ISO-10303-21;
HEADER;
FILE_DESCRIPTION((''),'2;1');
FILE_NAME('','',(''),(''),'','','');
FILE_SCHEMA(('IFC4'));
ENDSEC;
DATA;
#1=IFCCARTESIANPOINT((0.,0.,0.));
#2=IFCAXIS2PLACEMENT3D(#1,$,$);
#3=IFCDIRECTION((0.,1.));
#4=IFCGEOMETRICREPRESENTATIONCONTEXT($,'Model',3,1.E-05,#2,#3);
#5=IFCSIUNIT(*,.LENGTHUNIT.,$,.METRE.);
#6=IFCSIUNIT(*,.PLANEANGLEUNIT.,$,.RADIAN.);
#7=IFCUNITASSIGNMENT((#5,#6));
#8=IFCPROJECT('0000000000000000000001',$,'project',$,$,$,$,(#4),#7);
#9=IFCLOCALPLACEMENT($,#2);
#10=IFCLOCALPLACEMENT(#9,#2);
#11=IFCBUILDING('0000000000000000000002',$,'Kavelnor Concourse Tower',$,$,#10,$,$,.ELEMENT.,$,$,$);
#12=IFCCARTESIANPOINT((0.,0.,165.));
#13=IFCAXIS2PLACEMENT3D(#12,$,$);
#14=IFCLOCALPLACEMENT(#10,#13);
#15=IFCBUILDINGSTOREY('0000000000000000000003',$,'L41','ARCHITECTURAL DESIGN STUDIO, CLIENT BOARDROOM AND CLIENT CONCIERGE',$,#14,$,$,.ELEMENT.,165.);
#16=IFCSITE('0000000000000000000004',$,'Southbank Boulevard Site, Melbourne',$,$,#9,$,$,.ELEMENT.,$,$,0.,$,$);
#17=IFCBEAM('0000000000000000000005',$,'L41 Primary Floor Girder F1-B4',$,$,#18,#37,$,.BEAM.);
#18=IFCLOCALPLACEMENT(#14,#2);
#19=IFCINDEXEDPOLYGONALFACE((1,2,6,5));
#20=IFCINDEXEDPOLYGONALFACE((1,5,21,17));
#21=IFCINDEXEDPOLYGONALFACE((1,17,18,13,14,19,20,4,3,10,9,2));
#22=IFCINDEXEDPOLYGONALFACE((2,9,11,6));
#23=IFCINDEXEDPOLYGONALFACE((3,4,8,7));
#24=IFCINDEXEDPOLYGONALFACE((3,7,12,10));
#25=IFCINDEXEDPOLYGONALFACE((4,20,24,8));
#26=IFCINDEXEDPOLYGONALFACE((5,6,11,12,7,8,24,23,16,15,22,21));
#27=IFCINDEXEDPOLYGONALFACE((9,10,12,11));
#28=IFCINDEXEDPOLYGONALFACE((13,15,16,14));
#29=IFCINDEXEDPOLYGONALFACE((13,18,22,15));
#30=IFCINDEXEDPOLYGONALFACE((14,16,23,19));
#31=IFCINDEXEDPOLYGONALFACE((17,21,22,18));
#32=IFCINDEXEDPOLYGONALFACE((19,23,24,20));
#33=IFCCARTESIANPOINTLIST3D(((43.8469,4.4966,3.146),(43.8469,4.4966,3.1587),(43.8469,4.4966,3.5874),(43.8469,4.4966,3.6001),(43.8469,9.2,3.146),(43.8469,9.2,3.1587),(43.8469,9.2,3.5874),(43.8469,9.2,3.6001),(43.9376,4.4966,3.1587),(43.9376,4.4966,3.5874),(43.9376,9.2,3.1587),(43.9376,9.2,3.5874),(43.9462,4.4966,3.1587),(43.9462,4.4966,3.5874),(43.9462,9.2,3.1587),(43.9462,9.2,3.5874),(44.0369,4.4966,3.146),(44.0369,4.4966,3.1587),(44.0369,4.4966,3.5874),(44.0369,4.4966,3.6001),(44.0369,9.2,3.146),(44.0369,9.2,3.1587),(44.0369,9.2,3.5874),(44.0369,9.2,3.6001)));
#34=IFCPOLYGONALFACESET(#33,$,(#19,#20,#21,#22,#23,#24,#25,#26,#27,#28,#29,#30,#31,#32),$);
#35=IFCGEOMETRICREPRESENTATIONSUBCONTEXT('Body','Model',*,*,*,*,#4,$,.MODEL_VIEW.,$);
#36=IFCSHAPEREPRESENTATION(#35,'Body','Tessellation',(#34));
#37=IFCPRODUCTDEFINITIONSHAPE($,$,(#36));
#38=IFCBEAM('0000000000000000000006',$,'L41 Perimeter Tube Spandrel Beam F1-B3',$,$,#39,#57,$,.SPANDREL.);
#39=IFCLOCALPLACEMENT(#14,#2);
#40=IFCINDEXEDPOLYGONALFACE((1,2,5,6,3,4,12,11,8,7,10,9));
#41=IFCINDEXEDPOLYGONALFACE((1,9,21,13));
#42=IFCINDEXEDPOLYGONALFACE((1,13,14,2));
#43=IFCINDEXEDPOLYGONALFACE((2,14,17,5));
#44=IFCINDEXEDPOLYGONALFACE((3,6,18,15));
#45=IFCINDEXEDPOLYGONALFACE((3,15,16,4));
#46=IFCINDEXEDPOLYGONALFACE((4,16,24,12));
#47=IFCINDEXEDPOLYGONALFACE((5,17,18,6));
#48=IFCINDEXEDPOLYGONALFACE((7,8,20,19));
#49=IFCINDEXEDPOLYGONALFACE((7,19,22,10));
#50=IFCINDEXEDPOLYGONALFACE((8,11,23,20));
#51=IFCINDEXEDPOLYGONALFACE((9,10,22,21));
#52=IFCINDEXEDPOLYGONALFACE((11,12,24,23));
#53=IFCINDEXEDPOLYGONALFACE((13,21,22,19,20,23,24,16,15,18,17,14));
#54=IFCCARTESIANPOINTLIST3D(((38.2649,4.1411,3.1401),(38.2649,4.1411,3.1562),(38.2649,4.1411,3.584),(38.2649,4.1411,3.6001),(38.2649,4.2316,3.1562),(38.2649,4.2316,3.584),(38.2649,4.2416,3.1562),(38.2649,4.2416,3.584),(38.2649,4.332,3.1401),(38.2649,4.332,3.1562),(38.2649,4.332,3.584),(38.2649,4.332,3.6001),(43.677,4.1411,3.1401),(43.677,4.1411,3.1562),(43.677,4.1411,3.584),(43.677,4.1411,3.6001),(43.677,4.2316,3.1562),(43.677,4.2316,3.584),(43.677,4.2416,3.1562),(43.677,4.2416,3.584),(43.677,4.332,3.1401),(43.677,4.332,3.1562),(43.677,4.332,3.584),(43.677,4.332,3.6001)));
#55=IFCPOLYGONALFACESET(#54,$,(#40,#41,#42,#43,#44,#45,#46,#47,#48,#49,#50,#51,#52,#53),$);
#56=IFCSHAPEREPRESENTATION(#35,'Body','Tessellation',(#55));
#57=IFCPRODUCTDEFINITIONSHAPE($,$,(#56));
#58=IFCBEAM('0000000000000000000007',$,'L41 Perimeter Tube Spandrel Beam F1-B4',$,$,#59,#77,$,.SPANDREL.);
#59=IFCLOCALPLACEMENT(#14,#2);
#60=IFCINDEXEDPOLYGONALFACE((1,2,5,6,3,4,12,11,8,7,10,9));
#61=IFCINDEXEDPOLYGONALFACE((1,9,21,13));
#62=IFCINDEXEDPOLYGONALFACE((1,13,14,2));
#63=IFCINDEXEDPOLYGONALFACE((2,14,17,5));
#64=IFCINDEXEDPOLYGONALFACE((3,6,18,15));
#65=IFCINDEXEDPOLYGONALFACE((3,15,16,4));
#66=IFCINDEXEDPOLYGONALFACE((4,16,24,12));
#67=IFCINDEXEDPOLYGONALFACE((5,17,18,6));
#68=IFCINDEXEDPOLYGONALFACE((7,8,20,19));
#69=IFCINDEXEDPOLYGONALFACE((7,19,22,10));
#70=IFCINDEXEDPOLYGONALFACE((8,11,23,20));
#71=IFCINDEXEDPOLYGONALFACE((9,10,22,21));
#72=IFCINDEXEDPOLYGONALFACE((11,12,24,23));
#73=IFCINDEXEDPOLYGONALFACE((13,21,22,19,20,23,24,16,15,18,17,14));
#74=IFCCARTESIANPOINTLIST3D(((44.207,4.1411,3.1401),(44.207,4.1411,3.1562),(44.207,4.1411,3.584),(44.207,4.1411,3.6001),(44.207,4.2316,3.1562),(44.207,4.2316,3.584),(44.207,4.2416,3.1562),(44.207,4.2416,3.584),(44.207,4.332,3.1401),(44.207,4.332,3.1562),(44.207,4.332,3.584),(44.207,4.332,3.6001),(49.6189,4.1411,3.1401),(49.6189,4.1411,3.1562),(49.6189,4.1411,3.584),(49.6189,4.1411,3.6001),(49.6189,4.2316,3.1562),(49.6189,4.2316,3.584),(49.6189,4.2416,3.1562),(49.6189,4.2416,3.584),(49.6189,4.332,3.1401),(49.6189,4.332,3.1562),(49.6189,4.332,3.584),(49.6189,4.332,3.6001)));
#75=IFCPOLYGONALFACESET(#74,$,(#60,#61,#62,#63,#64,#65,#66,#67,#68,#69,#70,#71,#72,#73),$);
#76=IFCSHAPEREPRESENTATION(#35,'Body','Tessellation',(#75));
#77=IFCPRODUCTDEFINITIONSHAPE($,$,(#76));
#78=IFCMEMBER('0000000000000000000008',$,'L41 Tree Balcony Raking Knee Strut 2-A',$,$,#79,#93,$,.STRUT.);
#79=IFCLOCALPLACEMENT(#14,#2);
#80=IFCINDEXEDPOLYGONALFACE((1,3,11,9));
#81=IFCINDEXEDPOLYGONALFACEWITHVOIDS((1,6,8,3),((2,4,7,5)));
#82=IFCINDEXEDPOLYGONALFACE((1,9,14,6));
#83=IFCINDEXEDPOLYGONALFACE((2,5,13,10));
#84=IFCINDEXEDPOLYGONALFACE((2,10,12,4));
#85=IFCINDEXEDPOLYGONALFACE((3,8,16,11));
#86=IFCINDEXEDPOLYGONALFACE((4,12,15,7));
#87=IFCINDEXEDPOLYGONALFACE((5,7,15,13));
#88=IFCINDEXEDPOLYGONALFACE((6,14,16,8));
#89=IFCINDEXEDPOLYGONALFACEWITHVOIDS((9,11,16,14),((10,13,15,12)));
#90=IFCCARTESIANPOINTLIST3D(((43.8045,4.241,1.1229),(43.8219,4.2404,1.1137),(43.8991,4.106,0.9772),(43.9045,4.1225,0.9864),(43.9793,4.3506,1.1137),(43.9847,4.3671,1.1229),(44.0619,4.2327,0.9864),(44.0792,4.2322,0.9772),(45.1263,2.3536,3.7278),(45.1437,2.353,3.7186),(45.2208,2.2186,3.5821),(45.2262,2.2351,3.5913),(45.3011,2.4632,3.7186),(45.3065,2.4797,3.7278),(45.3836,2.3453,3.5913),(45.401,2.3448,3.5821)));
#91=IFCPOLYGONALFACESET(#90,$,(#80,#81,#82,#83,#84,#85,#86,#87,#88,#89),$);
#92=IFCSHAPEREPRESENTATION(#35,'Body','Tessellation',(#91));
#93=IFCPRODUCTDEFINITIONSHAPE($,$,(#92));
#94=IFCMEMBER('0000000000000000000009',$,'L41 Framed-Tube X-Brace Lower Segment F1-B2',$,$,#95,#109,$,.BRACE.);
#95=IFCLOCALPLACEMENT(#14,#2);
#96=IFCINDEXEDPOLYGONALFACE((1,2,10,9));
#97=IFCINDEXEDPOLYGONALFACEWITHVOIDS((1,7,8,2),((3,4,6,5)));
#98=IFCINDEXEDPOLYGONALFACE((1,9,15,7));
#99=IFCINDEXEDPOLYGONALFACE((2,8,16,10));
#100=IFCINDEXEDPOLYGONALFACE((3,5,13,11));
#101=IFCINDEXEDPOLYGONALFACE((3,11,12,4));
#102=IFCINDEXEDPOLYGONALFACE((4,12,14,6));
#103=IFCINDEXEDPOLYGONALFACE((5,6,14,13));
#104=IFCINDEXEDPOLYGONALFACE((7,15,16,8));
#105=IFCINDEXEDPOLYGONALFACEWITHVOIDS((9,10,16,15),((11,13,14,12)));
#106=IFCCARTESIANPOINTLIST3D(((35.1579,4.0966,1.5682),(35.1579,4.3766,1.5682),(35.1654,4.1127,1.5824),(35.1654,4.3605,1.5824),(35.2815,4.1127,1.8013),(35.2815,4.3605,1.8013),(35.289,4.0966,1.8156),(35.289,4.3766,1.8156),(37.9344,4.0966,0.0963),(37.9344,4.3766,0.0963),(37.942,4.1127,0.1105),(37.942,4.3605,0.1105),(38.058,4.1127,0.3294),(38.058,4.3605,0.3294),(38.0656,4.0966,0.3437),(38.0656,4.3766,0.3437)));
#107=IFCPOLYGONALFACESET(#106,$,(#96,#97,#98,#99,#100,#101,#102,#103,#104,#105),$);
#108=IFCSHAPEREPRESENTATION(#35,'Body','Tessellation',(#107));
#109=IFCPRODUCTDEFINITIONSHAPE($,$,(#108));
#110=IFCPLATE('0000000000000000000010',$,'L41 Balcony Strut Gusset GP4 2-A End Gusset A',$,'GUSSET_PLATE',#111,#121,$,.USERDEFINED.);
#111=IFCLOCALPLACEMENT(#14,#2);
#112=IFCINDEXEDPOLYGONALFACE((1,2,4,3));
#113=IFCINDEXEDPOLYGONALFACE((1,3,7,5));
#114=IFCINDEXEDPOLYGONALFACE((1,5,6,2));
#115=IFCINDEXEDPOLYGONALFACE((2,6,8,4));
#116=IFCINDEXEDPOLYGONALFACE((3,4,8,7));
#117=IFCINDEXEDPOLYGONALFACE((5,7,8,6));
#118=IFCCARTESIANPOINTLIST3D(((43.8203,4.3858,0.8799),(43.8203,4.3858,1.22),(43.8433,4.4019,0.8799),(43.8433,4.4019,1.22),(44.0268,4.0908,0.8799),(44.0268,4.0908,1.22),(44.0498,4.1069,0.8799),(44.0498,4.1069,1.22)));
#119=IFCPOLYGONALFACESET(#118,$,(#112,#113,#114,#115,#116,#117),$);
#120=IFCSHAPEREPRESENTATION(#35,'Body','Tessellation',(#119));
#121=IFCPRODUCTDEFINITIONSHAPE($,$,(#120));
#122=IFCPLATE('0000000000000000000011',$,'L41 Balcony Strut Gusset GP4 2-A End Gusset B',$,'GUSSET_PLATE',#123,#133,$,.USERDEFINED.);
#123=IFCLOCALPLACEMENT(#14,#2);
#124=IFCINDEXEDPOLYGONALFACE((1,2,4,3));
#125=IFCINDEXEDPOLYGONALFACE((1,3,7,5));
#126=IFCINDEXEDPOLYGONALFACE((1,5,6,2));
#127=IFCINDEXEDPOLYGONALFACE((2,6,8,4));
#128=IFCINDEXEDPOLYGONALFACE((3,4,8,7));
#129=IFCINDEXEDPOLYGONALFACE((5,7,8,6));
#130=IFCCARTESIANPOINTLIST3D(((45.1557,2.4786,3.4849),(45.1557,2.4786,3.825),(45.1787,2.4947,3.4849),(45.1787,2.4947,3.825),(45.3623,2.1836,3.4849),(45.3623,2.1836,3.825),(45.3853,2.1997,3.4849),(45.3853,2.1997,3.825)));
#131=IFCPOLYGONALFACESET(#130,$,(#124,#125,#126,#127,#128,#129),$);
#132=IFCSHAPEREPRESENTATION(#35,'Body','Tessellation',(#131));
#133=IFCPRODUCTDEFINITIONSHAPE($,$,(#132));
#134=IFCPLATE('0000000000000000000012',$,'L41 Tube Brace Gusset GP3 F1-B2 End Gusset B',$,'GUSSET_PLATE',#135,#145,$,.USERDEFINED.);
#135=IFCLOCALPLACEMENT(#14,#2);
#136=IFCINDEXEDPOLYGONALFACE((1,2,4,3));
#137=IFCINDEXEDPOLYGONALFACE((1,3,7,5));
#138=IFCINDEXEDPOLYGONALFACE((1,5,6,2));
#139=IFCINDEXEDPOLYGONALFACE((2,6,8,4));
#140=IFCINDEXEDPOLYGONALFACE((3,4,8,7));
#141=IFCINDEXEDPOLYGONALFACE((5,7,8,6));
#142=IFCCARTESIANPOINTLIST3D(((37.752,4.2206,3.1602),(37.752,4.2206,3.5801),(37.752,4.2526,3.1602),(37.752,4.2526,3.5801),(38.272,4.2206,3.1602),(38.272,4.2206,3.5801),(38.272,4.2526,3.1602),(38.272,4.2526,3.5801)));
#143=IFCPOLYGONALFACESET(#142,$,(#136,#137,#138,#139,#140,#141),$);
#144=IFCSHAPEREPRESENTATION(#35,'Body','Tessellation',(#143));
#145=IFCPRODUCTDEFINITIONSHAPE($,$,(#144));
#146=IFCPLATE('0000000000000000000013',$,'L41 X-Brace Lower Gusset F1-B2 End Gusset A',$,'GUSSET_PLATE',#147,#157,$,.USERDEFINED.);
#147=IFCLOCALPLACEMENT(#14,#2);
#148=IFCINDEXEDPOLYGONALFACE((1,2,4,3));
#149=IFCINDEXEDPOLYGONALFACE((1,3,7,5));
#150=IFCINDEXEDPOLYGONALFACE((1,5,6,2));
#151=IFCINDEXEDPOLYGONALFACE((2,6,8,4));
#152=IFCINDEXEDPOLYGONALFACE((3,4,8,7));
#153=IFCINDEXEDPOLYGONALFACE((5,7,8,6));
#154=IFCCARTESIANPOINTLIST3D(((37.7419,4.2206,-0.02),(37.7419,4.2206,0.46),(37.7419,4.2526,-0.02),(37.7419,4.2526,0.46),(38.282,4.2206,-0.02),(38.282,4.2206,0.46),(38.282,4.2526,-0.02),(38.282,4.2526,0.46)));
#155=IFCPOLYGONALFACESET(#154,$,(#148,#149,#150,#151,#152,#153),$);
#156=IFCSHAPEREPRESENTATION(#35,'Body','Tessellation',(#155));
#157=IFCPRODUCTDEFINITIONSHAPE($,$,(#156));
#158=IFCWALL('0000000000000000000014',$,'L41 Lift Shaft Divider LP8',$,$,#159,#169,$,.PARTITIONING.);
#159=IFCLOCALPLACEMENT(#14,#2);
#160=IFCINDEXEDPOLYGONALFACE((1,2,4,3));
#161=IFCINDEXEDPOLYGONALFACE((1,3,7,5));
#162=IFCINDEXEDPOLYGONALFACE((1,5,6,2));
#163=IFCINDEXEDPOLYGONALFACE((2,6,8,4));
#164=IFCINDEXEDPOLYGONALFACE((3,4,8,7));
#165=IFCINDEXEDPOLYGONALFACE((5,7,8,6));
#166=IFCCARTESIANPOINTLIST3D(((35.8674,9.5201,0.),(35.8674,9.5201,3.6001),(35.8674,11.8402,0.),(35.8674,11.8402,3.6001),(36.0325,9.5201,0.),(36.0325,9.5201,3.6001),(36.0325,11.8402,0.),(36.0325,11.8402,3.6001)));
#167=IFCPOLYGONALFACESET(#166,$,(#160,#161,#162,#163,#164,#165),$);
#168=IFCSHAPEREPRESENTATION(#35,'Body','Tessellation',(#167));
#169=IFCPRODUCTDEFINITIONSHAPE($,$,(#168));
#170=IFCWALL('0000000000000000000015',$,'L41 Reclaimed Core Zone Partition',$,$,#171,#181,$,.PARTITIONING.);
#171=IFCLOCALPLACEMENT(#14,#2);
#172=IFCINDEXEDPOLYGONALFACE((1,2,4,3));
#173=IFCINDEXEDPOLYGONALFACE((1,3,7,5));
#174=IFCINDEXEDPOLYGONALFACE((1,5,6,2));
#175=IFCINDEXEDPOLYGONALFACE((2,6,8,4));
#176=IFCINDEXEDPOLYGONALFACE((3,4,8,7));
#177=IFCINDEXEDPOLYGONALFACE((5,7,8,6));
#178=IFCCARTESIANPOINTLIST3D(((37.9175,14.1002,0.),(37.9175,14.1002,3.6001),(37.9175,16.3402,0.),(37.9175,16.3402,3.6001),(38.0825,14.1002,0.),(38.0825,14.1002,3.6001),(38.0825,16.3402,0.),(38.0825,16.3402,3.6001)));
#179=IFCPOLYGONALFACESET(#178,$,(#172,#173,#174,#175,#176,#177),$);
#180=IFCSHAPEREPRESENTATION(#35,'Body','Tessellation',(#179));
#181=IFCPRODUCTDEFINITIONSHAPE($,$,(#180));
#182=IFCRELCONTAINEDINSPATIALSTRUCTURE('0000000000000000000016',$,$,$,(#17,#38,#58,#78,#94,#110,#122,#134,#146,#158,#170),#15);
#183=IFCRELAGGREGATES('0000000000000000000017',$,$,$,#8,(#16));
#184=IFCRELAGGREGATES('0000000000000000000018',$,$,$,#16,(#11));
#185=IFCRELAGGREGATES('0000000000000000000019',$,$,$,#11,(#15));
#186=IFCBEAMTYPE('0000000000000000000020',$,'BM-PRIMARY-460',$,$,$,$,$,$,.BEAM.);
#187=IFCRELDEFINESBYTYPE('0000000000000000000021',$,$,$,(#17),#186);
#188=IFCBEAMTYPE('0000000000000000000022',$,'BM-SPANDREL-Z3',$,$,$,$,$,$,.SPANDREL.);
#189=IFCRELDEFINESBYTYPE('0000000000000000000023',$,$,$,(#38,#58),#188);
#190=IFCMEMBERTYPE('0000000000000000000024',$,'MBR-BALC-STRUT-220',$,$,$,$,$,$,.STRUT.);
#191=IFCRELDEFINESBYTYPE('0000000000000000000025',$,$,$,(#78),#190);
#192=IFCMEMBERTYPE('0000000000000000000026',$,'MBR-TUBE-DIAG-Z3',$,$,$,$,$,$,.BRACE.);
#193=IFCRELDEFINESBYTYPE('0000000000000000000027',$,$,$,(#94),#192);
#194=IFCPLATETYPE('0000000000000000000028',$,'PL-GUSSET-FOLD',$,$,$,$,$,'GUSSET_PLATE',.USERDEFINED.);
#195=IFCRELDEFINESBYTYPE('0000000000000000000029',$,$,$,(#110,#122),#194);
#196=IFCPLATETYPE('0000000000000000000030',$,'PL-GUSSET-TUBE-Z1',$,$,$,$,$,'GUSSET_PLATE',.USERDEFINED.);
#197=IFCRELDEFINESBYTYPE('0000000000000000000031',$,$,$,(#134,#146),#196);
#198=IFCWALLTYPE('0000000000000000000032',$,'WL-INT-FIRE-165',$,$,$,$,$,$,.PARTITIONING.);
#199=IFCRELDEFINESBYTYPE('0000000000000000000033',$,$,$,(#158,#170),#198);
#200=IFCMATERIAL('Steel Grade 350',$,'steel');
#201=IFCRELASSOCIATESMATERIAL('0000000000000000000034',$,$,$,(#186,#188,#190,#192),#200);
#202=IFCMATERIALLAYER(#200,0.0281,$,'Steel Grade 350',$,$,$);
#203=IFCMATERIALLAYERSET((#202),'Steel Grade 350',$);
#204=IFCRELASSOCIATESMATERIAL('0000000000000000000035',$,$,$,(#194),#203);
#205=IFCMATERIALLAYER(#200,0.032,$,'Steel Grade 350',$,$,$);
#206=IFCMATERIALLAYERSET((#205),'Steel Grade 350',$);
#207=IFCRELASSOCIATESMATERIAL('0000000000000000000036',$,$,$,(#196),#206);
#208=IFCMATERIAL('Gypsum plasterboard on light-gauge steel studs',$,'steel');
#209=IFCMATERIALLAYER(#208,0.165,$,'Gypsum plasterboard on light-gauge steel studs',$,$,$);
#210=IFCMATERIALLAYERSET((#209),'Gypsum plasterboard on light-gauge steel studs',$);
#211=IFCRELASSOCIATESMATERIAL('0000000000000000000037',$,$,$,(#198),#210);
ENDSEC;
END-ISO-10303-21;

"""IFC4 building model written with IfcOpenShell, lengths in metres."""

from ifc_helpers import new_model, si_unit, direction, frame, frame_2d, origin, origin_2d, place, context, subcontext, project, spatial, rectangle, hollow_rectangle, i_section, extrude, material, layer, layer_set, material_profile, profile_set, type_object, element, save


model = new_model("IFC4")

# Units and contexts
model_context = context("Model", 3, precision=1e-05, world=origin(), true_north=direction((0.0, 1.0)))
body_context = subcontext(model_context, "Body", "Model", "MODEL_VIEW")
ifc_project = project(units=[si_unit("LENGTHUNIT", "METRE"), si_unit("PLANEANGLEUNIT", "RADIAN")], contexts=[model_context])

# Site, building, storey
site_placement = place(None, origin())
site = spatial("IfcSite", under=ifc_project, at=site_placement, Name="Southbank Boulevard Site, Melbourne", CompositionType="ELEMENT", RefElevation=0.0)
building_placement = place(site_placement, origin())
building = spatial("IfcBuilding", under=site, at=building_placement, Name="Kavelnor Concourse Tower", CompositionType="ELEMENT")
storey_placement = place(building_placement, frame((0.0, 0.0, 165.0)))
storey = spatial("IfcBuildingStorey", under=building, at=storey_placement, Name="L41", Description="ARCHITECTURAL DESIGN STUDIO, CLIENT BOARDROOM AND CLIENT CONCIERGE", CompositionType="ELEMENT", Elevation=165.0)

# Shared definitions
ifc_material_1 = material(Name="Steel Grade 350", Category="steel")

# Beams
ifc_material_profile_1 = material_profile(ifc_material_1, i_section(OverallWidth=0.1899, OverallDepth=0.4541, WebThickness=0.0085, FlangeThickness=0.0127, at=origin_2d()), Name="460UB67")
ifc_profile_set_1 = profile_set([ifc_material_profile_1], Name="Steel Grade 350")
beam_type_1 = type_object("IfcBeamType", Name="BM-PRIMARY-460", PredefinedType="BEAM", material=ifc_profile_set_1)
for number, where, z_axis, x_axis, name in (
    (1, (43.9419, 9.2, 3.373), (0.0, -1.0, 0.0), (1.0, 0.0, 0.0), "L41 Primary Floor Girder F1-B4"),
):
    element("IfcBeam", number, at=place(storey_placement, frame(where, z_axis=z_axis, x_axis=x_axis)), inside=storey, type_object=beam_type_1, Name=name, PredefinedType="BEAM", context=body_context, shape_type="SweptSolid", body=[
        extrude(i_section(OverallWidth=0.1899, OverallDepth=0.4541, WebThickness=0.0085, FlangeThickness=0.0127, at=origin_2d()), origin(), (0.0, 0.0, 1.0), 4.7034),
    ])
ifc_material_profile_2 = material_profile(ifc_material_1, i_section(OverallWidth=0.1909, OverallDepth=0.46, WebThickness=0.01, FlangeThickness=0.0161, at=origin_2d()), Name="460UB82")
ifc_profile_set_2 = profile_set([ifc_material_profile_2], Name="Steel Grade 350")
beam_type_2 = type_object("IfcBeamType", Name="BM-SPANDREL-Z3", PredefinedType="SPANDREL", material=ifc_profile_set_2)
beam_1_placement = place(storey_placement, frame((38.2649, 4.2366, 3.3701), z_axis=(1.0, 0.0, 0.0), x_axis=(0.0, 1.0, 0.0)))
element("IfcBeam", 2, at=beam_1_placement, inside=storey, type_object=beam_type_2, Name="L41 Perimeter Tube Spandrel Beam F1-B3", PredefinedType="SPANDREL", context=body_context, shape_type="SweptSolid", body=[
    extrude(i_section(OverallWidth=0.1909, OverallDepth=0.46, WebThickness=0.01, FlangeThickness=0.0161, at=origin_2d()), origin(), (0.0, 0.0, 1.0), 5.4121),
])
beam_2_placement = place(storey_placement, frame((44.207, 4.2366, 3.3701), z_axis=(1.0, 0.0, 0.0), x_axis=(0.0, 1.0, 0.0)))
element("IfcBeam", 3, at=beam_2_placement, inside=storey, type_object=beam_type_2, Name="L41 Perimeter Tube Spandrel Beam F1-B4", PredefinedType="SPANDREL", context=body_context, shape_type="SweptSolid", body=[
    extrude(i_section(OverallWidth=0.1909, OverallDepth=0.46, WebThickness=0.01, FlangeThickness=0.0161, at=origin_2d()), origin(), (0.0, 0.0, 1.0), 5.4119),
])

# Members
ifc_material_profile_3 = material_profile(ifc_material_1, hollow_rectangle(XDim=0.22, YDim=0.22, WallThickness=0.0139, at=origin_2d()), Name="SHS 220x220x14")
ifc_profile_set_3 = profile_set([ifc_material_profile_3], Name="Steel Grade 350")
member_type_1 = type_object("IfcMemberType", Name="MBR-BALC-STRUT-220", PredefinedType="STRUT", material=ifc_profile_set_3)
member_1_placement = place(storey_placement, frame((43.9419, 4.2366, 1.05), z_axis=(0.380055, -0.542705, 0.749019), x_axis=(0.819117, 0.573626, 0.0)))
element("IfcMember", 4, at=member_1_placement, inside=storey, type_object=member_type_1, Name="L41 Tree Balcony Raking Knee Strut 2-A", PredefinedType="STRUT", context=body_context, shape_type="SweptSolid", body=[
    extrude(hollow_rectangle(XDim=0.22, YDim=0.22, WallThickness=0.0139, at=origin_2d()), origin(), (0.0, 0.0, 1.0), 3.4778),
])
ifc_material_profile_4 = material_profile(ifc_material_1, hollow_rectangle(XDim=0.28, YDim=0.28, WallThickness=0.0161, at=origin_2d()), Name="SHS 280x280x16")
ifc_profile_set_4 = profile_set([ifc_material_profile_4], Name="Steel Grade 350")
member_type_2 = type_object("IfcMemberType", Name="MBR-TUBE-DIAG-Z3", PredefinedType="BRACE", material=ifc_profile_set_4)
member_2_placement = place(storey_placement, frame((38.0, 4.2366, 0.22), z_axis=(-0.883531, 0.0, 0.468373), x_axis=(0.0, -1.0, 0.0)))
element("IfcMember", 5, at=member_2_placement, inside=storey, type_object=member_type_2, Name="L41 Framed-Tube X-Brace Lower Segment F1-B2", PredefinedType="BRACE", context=body_context, shape_type="SweptSolid", body=[
    extrude(hollow_rectangle(XDim=0.28, YDim=0.28, WallThickness=0.0161, at=origin_2d()), origin(), (0.0, 0.0, 1.0), 3.1426),
])

# Plates
ifc_layer_1 = layer(ifc_material_1, 0.0281, Name="Steel Grade 350")
ifc_layer_set_1 = layer_set([ifc_layer_1], Name="Steel Grade 350")
plate_type_1 = type_object("IfcPlateType", Name="PL-GUSSET-FOLD", ElementType="GUSSET_PLATE", PredefinedType="USERDEFINED", material=ifc_layer_set_1)
for number, where, z_axis, x_axis, name in (
    (6, (43.9351, 4.2463, 0.8799), (0.0, 0.0, 1.0), (0.573576, -0.819152, 0.0), "L41 Balcony Strut Gusset GP4 2-A End Gusset A"),
    (7, (45.2705, 2.3391, 3.4849), (0.0, 0.0, 1.0), (0.573576, -0.819152, 0.0), "L41 Balcony Strut Gusset GP4 2-A End Gusset B"),
):
    element("IfcPlate", number, at=place(storey_placement, frame(where, z_axis=z_axis, x_axis=x_axis)), inside=storey, type_object=plate_type_1, Name=name, ObjectType="GUSSET_PLATE", PredefinedType="USERDEFINED", context=body_context, shape_type="SweptSolid", body=[
        extrude(rectangle(XDim=0.3601, YDim=0.0281, at=origin_2d()), origin(), (0.0, 0.0, 1.0), 0.3401),
    ])
ifc_layer_2 = layer(ifc_material_1, 0.032, Name="Steel Grade 350")
ifc_layer_set_2 = layer_set([ifc_layer_2], Name="Steel Grade 350")
plate_type_2 = type_object("IfcPlateType", Name="PL-GUSSET-TUBE-Z1", ElementType="GUSSET_PLATE", PredefinedType="USERDEFINED", material=ifc_layer_set_2)
plate_1_placement = place(storey_placement, frame((38.012, 4.2366, 3.1602), z_axis=(0.0, 0.0, 1.0), x_axis=(1.0, 0.0, 0.0)))
element("IfcPlate", 8, at=plate_1_placement, inside=storey, type_object=plate_type_2, Name="L41 Tube Brace Gusset GP3 F1-B2 End Gusset B", ObjectType="GUSSET_PLATE", PredefinedType="USERDEFINED", context=body_context, shape_type="SweptSolid", body=[
    extrude(rectangle(XDim=0.52, YDim=0.032, at=origin_2d()), origin(), (0.0, 0.0, 1.0), 0.4199),
])
plate_2_placement = place(storey_placement, frame((38.012, 4.2366, -0.02), z_axis=(0.0, 0.0, 1.0), x_axis=(-1.0, 0.0, 0.0)))
element("IfcPlate", 9, at=plate_2_placement, inside=storey, type_object=plate_type_2, Name="L41 X-Brace Lower Gusset F1-B2 End Gusset A", ObjectType="GUSSET_PLATE", PredefinedType="USERDEFINED", context=body_context, shape_type="SweptSolid", body=[
    extrude(rectangle(XDim=0.54, YDim=0.032, at=origin_2d()), origin(), (0.0, 0.0, 1.0), 0.48),
])

# Walls
ifc_material_2 = material(Name="Gypsum plasterboard on light-gauge steel studs", Category="steel")
ifc_layer_3 = layer(ifc_material_2, 0.165, Name="Gypsum plasterboard on light-gauge steel studs")
ifc_layer_set_3 = layer_set([ifc_layer_3], Name="Gypsum plasterboard on light-gauge steel studs")
wall_type_1 = type_object("IfcWallType", Name="WL-INT-FIRE-165", PredefinedType="PARTITIONING", material=ifc_layer_set_3)
wall_1_placement = place(storey_placement, frame((35.95, 9.52, 0.0), z_axis=(0.0, 0.0, 1.0), x_axis=(0.0, 1.0, 0.0)))
element("IfcWall", 10, at=wall_1_placement, inside=storey, type_object=wall_type_1, Name="L41 Lift Shaft Divider LP8", PredefinedType="PARTITIONING", context=body_context, shape_type="SweptSolid", body=[
    extrude(rectangle(XDim=2.3201, YDim=0.165, at=frame_2d((1.1602, 0.0))), origin(), (0.0, 0.0, 1.0), 3.6001),
])
for number, where, z_axis, x_axis, name in (
    (11, (38.0, 14.1001, 0.0), (0.0, 0.0, 1.0), (0.0, 1.0, 0.0), "L41 Reclaimed Core Zone Partition"),
):
    element("IfcWall", number, at=place(storey_placement, frame(where, z_axis=z_axis, x_axis=x_axis)), inside=storey, type_object=wall_type_1, Name=name, PredefinedType="PARTITIONING", context=body_context, shape_type="SweptSolid", body=[
        extrude(rectangle(XDim=2.24, YDim=0.165, at=frame_2d((1.1201, 0.0))), origin(), (0.0, 0.0, 1.0), 3.6001),
    ])

save(model, "model.ifc")
